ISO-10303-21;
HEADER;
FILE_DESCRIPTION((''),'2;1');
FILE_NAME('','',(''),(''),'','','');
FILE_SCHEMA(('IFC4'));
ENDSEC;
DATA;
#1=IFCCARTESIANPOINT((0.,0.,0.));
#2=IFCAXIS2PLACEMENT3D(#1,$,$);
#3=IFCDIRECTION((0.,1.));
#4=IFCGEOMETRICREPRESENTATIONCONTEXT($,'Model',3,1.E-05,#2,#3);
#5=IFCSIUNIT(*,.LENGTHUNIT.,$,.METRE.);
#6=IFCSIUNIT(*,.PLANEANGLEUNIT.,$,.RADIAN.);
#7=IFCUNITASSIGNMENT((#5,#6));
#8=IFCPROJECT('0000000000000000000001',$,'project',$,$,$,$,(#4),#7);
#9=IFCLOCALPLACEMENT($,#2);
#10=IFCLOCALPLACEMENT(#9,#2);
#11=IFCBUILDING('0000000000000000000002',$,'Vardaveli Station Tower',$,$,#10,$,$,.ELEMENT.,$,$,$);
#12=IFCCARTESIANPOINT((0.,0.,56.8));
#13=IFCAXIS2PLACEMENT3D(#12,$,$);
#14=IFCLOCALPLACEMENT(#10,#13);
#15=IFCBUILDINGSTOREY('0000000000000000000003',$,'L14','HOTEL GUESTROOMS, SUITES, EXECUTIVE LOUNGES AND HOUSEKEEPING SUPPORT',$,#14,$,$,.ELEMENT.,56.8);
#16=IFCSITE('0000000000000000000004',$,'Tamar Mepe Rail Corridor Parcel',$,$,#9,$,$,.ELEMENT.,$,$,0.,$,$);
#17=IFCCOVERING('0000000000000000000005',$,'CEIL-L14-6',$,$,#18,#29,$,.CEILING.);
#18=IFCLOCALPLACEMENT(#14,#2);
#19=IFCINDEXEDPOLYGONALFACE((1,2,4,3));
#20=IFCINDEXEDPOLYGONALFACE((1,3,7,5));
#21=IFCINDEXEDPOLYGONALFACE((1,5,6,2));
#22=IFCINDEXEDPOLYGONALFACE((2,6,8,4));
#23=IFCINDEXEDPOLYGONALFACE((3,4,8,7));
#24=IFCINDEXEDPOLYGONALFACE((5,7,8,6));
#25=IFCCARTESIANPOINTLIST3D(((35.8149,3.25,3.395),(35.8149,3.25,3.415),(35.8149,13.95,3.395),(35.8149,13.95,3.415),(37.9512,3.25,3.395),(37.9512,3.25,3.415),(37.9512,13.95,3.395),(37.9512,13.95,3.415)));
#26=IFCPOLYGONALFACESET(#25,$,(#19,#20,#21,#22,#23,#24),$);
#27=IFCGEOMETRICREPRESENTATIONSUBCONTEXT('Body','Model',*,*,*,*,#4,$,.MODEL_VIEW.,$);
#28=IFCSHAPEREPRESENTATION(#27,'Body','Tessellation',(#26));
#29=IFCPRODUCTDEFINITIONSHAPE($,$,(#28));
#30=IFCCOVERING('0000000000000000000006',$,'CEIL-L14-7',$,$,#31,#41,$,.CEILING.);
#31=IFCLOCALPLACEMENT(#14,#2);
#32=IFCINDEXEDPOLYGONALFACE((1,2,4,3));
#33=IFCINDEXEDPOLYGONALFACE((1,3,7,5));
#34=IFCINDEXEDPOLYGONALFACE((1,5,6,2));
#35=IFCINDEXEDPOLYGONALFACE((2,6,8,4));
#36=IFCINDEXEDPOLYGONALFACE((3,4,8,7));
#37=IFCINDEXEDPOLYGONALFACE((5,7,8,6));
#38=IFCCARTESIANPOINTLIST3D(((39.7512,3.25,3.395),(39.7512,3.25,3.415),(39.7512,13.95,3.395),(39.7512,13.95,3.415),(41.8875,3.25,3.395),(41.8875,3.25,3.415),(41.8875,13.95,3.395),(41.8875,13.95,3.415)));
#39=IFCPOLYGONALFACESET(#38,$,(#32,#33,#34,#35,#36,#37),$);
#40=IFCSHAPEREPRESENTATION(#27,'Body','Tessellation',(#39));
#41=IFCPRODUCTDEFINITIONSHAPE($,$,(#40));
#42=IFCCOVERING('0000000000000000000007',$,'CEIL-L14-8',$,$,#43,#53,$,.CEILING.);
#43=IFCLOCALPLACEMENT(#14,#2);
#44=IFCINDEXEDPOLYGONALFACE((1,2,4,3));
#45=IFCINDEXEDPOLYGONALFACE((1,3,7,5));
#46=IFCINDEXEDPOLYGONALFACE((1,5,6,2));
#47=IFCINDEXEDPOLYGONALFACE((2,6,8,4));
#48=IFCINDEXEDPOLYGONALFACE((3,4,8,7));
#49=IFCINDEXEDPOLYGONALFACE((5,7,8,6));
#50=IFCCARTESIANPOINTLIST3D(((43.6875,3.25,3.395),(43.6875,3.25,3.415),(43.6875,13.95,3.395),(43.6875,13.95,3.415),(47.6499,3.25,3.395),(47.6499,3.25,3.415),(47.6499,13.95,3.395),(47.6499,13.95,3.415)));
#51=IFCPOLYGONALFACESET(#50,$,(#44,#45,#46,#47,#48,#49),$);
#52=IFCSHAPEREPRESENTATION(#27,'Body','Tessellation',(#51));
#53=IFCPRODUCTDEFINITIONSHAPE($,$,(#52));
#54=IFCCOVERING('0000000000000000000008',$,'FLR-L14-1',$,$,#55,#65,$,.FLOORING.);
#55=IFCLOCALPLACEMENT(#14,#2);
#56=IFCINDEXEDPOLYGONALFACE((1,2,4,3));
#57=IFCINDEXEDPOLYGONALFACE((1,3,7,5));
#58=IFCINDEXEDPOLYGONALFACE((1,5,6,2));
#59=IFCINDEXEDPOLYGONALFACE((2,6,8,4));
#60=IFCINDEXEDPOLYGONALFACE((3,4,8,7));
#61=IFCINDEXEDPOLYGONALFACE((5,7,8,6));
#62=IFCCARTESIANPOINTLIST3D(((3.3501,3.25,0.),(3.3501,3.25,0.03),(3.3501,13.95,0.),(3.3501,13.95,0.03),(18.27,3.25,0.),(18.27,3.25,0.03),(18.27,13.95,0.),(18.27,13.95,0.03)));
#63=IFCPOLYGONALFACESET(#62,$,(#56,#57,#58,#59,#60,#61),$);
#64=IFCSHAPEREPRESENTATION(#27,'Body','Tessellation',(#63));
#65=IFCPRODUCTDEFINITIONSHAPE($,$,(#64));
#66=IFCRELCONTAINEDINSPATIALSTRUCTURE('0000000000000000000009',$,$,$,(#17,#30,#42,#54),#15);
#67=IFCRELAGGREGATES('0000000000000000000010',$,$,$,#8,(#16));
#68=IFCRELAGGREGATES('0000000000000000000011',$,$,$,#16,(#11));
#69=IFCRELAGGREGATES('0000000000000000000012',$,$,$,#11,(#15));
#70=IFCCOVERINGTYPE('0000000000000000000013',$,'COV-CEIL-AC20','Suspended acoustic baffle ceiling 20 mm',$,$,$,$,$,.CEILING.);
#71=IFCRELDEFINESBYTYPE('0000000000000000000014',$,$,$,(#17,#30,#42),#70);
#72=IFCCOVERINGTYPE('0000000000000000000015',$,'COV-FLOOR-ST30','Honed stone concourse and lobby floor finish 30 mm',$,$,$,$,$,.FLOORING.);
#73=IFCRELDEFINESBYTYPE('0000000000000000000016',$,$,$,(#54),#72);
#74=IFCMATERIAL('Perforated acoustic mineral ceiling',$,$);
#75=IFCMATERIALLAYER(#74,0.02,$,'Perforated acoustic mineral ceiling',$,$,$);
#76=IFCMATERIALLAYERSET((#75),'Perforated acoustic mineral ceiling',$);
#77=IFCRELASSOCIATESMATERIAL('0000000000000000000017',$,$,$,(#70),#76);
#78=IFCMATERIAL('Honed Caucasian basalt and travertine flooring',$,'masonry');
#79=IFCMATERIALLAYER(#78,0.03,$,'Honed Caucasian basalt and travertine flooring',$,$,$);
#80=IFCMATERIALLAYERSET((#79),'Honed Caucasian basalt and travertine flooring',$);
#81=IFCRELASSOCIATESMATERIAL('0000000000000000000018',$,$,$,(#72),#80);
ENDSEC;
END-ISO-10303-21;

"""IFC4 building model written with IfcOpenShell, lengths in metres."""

from ifc_helpers import new_model, si_unit, direction, frame, origin, place, context, subcontext, project, spatial, polyline, outline, extrude, material, layer, layer_set, type_object, element, save


model = new_model("IFC4")

# Units and contexts
model_context = context("Model", 3, precision=1e-05, world=origin(), true_north=direction((0.0, 1.0)))
body_context = subcontext(model_context, "Body", "Model", "MODEL_VIEW")
ifc_project = project(units=[si_unit("LENGTHUNIT", "METRE"), si_unit("PLANEANGLEUNIT", "RADIAN")], contexts=[model_context])

# Site, building, storey
site_placement = place(None, origin())
site = spatial("IfcSite", under=ifc_project, at=site_placement, Name="Tamar Mepe Rail Corridor Parcel", CompositionType="ELEMENT", RefElevation=0.0)
building_placement = place(site_placement, origin())
building = spatial("IfcBuilding", under=site, at=building_placement, Name="Vardaveli Station Tower", CompositionType="ELEMENT")
storey_placement = place(building_placement, frame((0.0, 0.0, 56.8)))
storey = spatial("IfcBuildingStorey", under=building, at=storey_placement, Name="L14", Description="HOTEL GUESTROOMS, SUITES, EXECUTIVE LOUNGES AND HOUSEKEEPING SUPPORT", CompositionType="ELEMENT", Elevation=56.8)

# Coverings
ifc_material_1 = material(Name="Perforated acoustic mineral ceiling")
ifc_layer_1 = layer(ifc_material_1, 0.02, Name="Perforated acoustic mineral ceiling")
ifc_layer_set_1 = layer_set([ifc_layer_1], Name="Perforated acoustic mineral ceiling")
covering_type_1 = type_object("IfcCoveringType", Name="COV-CEIL-AC20", Description="Suspended acoustic baffle ceiling 20 mm", PredefinedType="CEILING", material=ifc_layer_set_1)
covering_1_placement = place(storey_placement, frame((0.0, 0.0, 3.395)))
element("IfcCovering", 1, at=covering_1_placement, inside=storey, type_object=covering_type_1, Name="CEIL-L14-6", PredefinedType="CEILING", context=body_context, shape_type="SweptSolid", body=[
    extrude(outline(polyline([(35.8149, 3.25), (37.9512, 3.25), (37.9512, 13.95), (35.8149, 13.95), (35.8149, 3.25)])), origin(), (0.0, 0.0, 1.0), 0.02),
])
covering_2_placement = place(storey_placement, frame((0.0, 0.0, 3.395)))
element("IfcCovering", 2, at=covering_2_placement, inside=storey, type_object=covering_type_1, Name="CEIL-L14-7", PredefinedType="CEILING", context=body_context, shape_type="SweptSolid", body=[
    extrude(outline(polyline([(39.7512, 3.25), (41.8875, 3.25), (41.8875, 13.95), (39.7512, 13.95), (39.7512, 3.25)])), origin(), (0.0, 0.0, 1.0), 0.02),
])
covering_3_placement = place(storey_placement, frame((0.0, 0.0, 3.395)))
element("IfcCovering", 3, at=covering_3_placement, inside=storey, type_object=covering_type_1, Name="CEIL-L14-8", PredefinedType="CEILING", context=body_context, shape_type="SweptSolid", body=[
    extrude(outline(polyline([(43.6875, 3.25), (47.6499, 3.25), (47.6499, 13.95), (43.6875, 13.95), (43.6875, 3.25)])), origin(), (0.0, 0.0, 1.0), 0.02),
])
ifc_material_2 = material(Name="Honed Caucasian basalt and travertine flooring", Category="masonry")
ifc_layer_2 = layer(ifc_material_2, 0.03, Name="Honed Caucasian basalt and travertine flooring")
ifc_layer_set_2 = layer_set([ifc_layer_2], Name="Honed Caucasian basalt and travertine flooring")
covering_type_2 = type_object("IfcCoveringType", Name="COV-FLOOR-ST30", Description="Honed stone concourse and lobby floor finish 30 mm", PredefinedType="FLOORING", material=ifc_layer_set_2)
covering_4_placement = place(storey_placement, origin())
element("IfcCovering", 4, at=covering_4_placement, inside=storey, type_object=covering_type_2, Name="FLR-L14-1", PredefinedType="FLOORING", context=body_context, shape_type="SweptSolid", body=[
    extrude(outline(polyline([(3.3501, 3.25), (18.27, 3.25), (18.27, 13.95), (3.3501, 13.95), (3.3501, 3.25)])), origin(), (0.0, 0.0, 1.0), 0.03),
])

save(model, "model.ifc")
